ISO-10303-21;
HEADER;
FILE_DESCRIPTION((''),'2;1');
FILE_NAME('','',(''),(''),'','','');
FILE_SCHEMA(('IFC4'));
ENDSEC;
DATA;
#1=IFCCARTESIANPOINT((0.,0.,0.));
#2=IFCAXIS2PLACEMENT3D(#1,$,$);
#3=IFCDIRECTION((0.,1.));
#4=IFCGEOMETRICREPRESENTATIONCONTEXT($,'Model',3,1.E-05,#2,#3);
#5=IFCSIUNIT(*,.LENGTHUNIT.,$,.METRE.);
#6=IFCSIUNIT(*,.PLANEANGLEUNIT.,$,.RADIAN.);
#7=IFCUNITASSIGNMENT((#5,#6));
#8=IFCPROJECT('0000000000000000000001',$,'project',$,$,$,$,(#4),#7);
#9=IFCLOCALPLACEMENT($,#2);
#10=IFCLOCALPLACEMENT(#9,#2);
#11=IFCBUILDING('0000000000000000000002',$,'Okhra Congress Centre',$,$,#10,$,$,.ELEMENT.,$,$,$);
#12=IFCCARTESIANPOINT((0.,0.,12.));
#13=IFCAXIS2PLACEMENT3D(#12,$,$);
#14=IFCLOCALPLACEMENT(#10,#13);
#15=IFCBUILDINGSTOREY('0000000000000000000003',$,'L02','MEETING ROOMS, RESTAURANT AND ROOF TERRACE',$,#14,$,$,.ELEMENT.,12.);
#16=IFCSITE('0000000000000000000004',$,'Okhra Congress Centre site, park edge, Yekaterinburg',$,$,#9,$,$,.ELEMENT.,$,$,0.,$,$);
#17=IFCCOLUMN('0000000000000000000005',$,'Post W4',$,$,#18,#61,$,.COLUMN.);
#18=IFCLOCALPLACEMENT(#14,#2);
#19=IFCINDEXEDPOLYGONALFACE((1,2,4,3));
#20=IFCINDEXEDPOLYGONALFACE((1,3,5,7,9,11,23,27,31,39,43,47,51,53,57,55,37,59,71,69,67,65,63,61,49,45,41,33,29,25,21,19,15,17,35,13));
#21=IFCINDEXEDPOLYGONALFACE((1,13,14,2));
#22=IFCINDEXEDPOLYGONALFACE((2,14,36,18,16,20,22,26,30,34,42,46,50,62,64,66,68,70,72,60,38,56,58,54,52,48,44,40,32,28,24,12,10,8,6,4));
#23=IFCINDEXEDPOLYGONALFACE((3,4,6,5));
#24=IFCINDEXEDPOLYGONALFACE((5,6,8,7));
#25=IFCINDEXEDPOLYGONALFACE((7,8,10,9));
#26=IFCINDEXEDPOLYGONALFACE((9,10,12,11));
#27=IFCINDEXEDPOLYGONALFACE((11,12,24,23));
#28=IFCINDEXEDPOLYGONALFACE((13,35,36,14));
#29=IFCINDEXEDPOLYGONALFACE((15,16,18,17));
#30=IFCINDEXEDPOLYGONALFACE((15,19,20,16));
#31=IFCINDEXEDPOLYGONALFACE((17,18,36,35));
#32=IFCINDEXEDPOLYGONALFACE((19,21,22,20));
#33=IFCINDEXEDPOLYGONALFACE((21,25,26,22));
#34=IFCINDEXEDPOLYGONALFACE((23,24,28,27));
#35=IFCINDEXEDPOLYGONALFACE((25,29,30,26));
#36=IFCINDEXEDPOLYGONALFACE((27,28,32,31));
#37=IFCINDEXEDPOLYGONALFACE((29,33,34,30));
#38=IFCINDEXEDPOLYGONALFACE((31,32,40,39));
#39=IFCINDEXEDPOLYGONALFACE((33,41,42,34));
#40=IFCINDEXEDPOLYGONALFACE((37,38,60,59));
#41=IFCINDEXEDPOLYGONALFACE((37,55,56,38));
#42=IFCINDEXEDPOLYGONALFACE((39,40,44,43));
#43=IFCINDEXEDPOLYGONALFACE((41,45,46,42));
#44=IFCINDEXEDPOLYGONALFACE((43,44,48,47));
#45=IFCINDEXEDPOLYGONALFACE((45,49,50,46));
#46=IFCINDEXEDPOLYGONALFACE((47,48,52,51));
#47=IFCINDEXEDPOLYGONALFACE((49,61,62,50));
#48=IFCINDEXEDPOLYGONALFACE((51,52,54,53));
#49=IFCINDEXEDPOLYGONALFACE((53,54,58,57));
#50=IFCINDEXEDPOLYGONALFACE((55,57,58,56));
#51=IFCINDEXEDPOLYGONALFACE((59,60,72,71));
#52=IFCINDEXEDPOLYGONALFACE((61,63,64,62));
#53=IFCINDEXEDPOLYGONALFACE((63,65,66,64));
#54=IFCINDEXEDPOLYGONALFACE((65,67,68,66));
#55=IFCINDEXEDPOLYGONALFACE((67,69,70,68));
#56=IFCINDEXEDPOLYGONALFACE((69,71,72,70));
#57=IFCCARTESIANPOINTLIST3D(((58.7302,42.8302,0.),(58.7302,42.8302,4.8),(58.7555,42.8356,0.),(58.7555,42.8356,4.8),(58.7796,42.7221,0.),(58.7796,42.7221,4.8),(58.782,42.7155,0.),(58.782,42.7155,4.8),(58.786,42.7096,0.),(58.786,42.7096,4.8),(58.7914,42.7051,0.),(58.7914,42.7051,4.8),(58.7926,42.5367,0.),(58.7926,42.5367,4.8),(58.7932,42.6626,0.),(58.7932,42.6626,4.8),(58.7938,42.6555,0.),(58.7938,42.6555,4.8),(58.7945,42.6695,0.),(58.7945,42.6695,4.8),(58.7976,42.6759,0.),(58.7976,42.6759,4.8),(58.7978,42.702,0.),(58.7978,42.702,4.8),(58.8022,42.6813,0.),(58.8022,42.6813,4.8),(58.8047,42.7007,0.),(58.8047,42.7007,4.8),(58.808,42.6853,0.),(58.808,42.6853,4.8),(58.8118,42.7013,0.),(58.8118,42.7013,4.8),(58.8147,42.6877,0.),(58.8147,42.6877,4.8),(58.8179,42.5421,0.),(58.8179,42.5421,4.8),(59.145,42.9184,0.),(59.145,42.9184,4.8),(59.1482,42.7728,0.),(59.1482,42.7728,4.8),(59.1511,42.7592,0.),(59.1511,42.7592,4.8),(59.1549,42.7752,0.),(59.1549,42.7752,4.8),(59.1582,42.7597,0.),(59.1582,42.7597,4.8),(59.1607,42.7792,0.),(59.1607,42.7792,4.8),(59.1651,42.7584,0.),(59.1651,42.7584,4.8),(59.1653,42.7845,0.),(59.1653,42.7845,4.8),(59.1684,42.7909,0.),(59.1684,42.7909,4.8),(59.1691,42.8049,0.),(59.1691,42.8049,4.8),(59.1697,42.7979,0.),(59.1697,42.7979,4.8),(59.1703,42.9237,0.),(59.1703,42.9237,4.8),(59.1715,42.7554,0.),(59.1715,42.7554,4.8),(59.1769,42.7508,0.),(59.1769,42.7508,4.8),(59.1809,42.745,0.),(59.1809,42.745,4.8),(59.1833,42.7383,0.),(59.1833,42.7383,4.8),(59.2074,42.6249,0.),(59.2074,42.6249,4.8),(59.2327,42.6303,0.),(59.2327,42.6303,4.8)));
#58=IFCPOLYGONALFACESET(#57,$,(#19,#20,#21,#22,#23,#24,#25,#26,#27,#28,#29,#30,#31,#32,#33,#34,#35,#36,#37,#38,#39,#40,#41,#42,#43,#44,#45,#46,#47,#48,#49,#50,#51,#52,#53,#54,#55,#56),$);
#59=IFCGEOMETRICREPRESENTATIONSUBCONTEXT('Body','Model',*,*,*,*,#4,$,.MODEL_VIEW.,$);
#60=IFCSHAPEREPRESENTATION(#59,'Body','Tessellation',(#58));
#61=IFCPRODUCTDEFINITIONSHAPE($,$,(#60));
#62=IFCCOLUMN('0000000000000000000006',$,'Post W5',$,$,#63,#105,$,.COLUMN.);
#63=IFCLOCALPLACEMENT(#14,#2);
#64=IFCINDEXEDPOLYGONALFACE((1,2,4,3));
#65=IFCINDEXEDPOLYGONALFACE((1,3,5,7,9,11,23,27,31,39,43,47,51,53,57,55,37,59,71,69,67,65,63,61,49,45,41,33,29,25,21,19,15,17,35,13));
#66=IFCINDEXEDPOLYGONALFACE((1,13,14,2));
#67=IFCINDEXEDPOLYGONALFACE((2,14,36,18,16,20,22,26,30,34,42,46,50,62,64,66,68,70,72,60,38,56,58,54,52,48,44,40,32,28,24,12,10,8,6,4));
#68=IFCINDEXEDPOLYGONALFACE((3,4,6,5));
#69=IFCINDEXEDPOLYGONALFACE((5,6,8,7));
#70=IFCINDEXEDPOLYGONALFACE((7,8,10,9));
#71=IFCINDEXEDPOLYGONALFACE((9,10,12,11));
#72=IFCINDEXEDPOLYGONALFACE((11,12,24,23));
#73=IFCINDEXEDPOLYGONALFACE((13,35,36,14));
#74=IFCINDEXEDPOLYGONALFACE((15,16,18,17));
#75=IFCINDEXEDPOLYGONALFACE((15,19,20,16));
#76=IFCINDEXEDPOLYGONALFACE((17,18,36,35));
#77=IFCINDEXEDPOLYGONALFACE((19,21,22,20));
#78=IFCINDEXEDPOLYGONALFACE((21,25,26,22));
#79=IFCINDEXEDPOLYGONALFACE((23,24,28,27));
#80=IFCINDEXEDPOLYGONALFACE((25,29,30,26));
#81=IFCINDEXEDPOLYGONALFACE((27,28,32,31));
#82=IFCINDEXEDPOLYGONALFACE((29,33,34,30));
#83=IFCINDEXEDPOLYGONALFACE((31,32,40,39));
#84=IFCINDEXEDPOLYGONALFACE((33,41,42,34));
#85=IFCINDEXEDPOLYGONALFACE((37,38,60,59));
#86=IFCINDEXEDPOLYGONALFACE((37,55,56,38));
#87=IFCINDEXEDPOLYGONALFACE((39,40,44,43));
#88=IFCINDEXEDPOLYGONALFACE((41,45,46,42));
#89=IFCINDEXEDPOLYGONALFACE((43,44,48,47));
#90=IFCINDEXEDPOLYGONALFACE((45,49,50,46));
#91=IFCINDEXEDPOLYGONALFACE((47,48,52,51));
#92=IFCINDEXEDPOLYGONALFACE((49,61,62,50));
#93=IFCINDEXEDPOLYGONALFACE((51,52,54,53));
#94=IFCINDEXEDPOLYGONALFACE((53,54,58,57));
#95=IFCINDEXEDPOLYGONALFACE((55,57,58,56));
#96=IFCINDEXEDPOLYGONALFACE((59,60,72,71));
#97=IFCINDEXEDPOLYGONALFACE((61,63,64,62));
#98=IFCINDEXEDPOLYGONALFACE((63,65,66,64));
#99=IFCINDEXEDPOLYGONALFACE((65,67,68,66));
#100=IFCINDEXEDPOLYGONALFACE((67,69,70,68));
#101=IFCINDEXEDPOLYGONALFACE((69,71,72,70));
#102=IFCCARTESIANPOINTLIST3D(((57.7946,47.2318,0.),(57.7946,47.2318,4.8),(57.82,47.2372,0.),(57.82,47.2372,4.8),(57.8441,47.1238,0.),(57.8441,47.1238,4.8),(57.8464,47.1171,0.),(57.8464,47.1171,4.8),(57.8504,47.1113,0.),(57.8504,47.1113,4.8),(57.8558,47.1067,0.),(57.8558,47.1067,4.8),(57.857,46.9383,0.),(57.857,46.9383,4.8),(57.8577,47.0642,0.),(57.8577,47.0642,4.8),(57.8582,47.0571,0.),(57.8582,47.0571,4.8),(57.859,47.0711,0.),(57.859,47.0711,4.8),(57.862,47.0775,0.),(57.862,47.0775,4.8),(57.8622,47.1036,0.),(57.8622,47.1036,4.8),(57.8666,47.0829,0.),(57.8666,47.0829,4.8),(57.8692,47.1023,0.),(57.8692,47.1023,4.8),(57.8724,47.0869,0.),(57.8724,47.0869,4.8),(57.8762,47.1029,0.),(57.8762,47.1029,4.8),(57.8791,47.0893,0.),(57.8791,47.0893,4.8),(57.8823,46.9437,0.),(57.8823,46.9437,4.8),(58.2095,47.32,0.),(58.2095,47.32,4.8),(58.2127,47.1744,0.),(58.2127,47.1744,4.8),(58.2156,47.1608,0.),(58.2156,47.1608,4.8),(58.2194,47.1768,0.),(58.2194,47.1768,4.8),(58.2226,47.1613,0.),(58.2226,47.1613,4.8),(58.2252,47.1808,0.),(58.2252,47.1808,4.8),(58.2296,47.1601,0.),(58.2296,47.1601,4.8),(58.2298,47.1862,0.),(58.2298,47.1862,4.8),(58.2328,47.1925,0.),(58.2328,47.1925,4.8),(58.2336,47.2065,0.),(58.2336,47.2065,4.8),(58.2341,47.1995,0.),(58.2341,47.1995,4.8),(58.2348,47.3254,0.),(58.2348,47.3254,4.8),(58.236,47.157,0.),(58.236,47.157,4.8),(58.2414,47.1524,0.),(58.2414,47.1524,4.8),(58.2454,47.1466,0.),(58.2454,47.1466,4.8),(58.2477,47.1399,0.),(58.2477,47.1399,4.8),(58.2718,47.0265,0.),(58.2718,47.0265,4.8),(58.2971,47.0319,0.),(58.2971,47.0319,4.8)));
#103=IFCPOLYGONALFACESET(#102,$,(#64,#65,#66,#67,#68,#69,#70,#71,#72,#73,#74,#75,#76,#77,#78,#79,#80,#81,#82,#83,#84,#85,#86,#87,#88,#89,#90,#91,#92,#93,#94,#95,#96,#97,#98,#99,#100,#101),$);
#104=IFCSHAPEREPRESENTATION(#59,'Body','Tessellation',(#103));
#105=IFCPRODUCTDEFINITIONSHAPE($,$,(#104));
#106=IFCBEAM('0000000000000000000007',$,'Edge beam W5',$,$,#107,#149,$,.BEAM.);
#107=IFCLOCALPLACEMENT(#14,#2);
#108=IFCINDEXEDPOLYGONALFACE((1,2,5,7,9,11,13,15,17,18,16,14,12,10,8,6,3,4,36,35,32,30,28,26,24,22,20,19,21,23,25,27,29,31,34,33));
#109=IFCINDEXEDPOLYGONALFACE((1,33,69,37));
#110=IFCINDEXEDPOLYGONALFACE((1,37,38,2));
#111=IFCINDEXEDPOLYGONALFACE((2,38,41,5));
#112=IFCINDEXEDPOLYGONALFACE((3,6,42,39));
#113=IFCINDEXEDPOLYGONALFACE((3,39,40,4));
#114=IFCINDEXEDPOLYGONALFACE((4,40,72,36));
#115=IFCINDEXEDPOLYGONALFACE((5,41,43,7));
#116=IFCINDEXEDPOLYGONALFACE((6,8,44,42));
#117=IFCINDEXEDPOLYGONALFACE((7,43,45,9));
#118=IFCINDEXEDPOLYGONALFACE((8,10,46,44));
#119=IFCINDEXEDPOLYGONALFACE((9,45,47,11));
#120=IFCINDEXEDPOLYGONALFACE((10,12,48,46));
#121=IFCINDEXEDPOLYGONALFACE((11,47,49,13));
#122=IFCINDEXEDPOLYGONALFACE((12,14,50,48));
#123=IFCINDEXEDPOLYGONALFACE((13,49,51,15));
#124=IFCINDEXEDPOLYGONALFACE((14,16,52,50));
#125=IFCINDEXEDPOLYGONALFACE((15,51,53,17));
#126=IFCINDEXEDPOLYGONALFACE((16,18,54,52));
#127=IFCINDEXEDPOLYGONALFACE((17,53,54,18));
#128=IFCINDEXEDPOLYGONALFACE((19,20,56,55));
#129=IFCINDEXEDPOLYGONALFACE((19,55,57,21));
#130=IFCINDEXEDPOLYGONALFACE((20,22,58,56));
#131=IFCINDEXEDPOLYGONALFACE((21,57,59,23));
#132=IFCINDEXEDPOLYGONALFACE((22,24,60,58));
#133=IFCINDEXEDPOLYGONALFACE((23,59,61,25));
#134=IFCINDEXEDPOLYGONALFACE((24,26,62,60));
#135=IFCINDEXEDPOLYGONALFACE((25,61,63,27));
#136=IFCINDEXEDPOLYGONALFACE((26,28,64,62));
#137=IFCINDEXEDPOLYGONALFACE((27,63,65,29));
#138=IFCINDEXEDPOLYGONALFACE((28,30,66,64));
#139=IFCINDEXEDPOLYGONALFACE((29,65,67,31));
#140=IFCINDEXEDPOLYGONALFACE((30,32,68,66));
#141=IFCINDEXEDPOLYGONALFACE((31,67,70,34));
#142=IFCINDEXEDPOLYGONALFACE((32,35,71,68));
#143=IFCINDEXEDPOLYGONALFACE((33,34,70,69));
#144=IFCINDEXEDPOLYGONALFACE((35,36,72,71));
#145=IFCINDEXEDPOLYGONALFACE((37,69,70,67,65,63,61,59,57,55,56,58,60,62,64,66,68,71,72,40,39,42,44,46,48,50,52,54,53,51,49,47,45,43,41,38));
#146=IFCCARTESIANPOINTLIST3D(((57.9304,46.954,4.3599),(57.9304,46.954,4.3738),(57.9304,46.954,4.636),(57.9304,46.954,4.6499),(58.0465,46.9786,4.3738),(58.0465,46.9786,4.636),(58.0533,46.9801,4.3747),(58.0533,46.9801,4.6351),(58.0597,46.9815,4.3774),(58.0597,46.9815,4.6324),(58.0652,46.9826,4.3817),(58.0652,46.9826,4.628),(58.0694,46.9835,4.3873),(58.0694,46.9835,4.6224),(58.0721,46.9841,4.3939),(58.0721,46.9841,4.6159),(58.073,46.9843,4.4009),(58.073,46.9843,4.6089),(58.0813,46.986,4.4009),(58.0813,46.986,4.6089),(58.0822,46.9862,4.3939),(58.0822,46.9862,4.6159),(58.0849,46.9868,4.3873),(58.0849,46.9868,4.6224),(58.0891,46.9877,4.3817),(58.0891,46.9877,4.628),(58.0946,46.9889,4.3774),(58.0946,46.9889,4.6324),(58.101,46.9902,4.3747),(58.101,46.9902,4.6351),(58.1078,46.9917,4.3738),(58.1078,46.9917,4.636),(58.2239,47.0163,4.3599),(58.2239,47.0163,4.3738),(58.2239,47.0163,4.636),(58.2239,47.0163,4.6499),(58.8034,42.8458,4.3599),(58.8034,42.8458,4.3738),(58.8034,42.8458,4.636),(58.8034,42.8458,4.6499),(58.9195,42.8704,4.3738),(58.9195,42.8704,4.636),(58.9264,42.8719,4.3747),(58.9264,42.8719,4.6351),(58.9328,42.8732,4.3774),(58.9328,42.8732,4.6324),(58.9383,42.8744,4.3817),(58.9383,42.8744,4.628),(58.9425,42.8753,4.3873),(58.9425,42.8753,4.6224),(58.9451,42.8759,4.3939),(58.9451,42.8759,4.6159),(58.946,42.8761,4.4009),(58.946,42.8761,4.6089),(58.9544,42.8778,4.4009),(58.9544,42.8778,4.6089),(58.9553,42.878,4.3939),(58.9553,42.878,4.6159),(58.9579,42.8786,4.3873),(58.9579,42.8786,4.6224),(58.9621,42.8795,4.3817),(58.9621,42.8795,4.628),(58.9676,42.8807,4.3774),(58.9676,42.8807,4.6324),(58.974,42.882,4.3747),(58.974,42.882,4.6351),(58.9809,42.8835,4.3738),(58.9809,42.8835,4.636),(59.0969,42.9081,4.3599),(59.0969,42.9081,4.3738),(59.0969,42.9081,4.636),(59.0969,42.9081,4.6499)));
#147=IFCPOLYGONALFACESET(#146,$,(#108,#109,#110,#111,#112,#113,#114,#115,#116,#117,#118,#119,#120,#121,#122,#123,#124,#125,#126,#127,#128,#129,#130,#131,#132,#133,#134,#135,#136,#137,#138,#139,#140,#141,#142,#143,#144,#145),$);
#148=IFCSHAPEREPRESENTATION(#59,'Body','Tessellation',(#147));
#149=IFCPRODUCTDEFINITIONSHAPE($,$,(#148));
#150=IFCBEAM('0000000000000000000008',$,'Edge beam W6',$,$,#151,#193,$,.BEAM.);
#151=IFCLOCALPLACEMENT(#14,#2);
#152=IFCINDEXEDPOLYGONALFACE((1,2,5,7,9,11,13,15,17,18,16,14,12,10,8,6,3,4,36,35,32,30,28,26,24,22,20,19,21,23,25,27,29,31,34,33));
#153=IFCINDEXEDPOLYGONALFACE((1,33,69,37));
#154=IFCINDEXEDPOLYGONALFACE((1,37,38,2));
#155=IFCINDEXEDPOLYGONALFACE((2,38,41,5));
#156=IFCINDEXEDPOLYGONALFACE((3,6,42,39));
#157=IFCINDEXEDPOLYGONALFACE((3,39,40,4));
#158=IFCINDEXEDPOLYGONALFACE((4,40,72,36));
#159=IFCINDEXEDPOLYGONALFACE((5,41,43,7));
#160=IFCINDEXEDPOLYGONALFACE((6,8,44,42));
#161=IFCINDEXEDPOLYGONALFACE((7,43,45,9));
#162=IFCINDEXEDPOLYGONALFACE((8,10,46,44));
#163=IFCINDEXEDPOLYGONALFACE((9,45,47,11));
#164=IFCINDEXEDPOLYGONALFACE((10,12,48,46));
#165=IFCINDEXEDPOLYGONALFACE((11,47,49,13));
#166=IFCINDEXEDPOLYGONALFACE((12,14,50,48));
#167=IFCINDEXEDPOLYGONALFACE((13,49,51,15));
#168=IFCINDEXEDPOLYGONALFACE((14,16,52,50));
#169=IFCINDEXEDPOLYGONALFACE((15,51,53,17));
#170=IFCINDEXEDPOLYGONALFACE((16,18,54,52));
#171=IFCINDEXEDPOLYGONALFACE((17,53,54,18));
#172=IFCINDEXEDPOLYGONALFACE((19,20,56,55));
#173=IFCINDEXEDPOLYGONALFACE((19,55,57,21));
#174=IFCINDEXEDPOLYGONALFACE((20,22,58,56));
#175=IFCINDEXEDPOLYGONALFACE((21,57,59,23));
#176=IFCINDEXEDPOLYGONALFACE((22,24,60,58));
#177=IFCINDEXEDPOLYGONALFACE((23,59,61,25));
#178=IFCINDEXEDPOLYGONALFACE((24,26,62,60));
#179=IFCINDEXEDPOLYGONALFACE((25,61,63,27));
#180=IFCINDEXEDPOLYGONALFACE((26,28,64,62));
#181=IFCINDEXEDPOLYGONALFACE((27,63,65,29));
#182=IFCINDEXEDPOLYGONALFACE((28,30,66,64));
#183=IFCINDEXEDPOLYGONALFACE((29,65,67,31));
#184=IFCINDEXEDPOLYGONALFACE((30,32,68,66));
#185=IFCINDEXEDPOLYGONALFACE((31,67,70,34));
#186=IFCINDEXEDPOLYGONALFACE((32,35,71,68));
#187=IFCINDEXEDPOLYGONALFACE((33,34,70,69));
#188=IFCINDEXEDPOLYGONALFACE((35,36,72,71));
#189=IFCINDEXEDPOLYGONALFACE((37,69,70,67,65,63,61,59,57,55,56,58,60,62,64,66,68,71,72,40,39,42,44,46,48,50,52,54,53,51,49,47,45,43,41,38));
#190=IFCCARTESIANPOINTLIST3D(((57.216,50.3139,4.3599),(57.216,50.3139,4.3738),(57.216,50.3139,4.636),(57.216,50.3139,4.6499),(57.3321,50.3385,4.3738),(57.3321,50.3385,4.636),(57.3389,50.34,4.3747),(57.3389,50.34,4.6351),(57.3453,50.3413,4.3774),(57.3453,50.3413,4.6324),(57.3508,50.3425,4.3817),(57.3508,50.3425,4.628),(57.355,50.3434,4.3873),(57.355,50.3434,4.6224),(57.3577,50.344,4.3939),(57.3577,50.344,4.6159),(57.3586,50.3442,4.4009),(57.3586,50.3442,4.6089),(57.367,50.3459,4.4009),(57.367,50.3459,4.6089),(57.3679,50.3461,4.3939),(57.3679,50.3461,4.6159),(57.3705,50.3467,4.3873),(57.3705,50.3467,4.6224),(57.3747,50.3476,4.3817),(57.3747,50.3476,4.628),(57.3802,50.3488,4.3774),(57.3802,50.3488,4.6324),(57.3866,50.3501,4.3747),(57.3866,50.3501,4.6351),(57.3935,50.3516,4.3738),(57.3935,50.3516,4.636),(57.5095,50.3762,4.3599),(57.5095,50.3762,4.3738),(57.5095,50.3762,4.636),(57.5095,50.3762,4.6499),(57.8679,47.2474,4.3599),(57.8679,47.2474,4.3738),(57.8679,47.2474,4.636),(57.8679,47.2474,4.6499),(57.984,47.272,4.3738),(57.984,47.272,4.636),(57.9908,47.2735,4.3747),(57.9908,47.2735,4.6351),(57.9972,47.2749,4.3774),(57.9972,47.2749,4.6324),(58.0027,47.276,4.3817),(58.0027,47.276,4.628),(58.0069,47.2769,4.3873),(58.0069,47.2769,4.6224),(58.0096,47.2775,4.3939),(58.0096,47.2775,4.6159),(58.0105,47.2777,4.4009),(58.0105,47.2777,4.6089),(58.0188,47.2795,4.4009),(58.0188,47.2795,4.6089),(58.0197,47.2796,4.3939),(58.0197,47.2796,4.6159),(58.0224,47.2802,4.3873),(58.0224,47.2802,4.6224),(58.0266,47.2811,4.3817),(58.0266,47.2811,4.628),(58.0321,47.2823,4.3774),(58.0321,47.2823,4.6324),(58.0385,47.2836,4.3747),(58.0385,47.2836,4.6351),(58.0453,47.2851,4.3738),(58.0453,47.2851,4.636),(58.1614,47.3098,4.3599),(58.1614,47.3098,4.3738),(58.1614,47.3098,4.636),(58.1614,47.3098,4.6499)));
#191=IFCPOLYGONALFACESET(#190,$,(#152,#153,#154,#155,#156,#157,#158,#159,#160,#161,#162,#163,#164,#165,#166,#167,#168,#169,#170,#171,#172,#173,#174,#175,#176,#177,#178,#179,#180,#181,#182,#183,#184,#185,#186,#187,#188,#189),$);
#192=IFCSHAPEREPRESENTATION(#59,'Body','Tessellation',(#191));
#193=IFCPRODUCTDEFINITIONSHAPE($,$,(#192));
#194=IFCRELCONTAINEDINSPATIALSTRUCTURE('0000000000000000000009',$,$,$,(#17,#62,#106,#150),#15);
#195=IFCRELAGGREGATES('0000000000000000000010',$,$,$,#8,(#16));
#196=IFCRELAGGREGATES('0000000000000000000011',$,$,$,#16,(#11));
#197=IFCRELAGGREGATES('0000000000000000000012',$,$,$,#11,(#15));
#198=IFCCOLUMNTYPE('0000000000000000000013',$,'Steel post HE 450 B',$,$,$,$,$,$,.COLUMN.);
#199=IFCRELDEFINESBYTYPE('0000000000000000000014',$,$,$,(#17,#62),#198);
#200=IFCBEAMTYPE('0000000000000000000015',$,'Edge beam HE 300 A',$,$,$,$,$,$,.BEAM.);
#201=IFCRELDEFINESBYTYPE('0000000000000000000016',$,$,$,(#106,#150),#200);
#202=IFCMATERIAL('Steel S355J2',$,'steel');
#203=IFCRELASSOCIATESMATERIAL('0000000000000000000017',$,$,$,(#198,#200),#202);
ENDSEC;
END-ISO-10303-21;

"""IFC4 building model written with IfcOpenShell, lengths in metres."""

from ifc_helpers import new_model, si_unit, direction, frame, origin, origin_2d, place, context, subcontext, project, spatial, i_section, extrude, material, material_profile, profile_set, type_object, element, save


model = new_model("IFC4")

# Units and contexts
model_context = context("Model", 3, precision=1e-05, world=origin(), true_north=direction((0.0, 1.0)))
body_context = subcontext(model_context, "Body", "Model", "MODEL_VIEW")
ifc_project = project(units=[si_unit("LENGTHUNIT", "METRE"), si_unit("PLANEANGLEUNIT", "RADIAN")], contexts=[model_context])

# Site, building, storey
site_placement = place(None, origin())
site = spatial("IfcSite", under=ifc_project, at=site_placement, Name="Okhra Congress Centre site, park edge, Yekaterinburg", CompositionType="ELEMENT", RefElevation=0.0)
building_placement = place(site_placement, origin())
building = spatial("IfcBuilding", under=site, at=building_placement, Name="Okhra Congress Centre", CompositionType="ELEMENT")
storey_placement = place(building_placement, frame((0.0, 0.0, 12.0)))
storey = spatial("IfcBuildingStorey", under=building, at=storey_placement, Name="L02", Description="MEETING ROOMS, RESTAURANT AND ROOF TERRACE", CompositionType="ELEMENT", Elevation=12.0)

# Columns
ifc_material_1 = material(Name="Steel S355J2", Category="steel")
ifc_material_profile_1 = material_profile(ifc_material_1, i_section(OverallWidth=0.3, OverallDepth=0.45, WebThickness=0.0139, FlangeThickness=0.0259, FilletRadius=0.0271, at=origin_2d()), Name="HE 450 B")
ifc_profile_set_1 = profile_set([ifc_material_profile_1], Name="Steel S355J2")
column_type = type_object("IfcColumnType", Name="Steel post HE 450 B", PredefinedType="COLUMN", material=ifc_profile_set_1)
for number, where, z_axis, x_axis, name in (
    (1, (58.9814, 42.7302, 0.0), (0.0, 0.0, 1.0), (-0.207912, 0.978148, 0.0), "Post W4"),
    (2, (58.0459, 47.1318, 0.0), (0.0, 0.0, 1.0), (-0.207912, 0.978148, 0.0), "Post W5"),
):
    element("IfcColumn", number, at=place(storey_placement, frame(where, z_axis=z_axis, x_axis=x_axis)), inside=storey, type_object=column_type, Name=name, PredefinedType="COLUMN", context=body_context, shape_type="SweptSolid", body=[
        extrude(i_section(OverallWidth=0.3, OverallDepth=0.45, WebThickness=0.0139, FlangeThickness=0.0259, FilletRadius=0.0271, at=origin_2d()), origin(), (0.0, 0.0, 1.0), 4.8),
    ])

# Beams
ifc_material_profile_2 = material_profile(ifc_material_1, i_section(OverallWidth=0.3, OverallDepth=0.29, WebThickness=0.0085, FlangeThickness=0.0139, FilletRadius=0.0271, at=origin_2d()), Name="HE 300 A")
ifc_profile_set_2 = profile_set([ifc_material_profile_2], Name="Steel S355J2")
beam_type = type_object("IfcBeamType", Name="Edge beam HE 300 A", PredefinedType="BEAM", material=ifc_profile_set_2)
beam_1_placement = place(storey_placement, frame((58.9502, 42.877, 4.5049), z_axis=(-0.207873, 0.978156, 0.0), x_axis=(-0.978156, -0.207873, 0.0)))
element("IfcBeam", 3, at=beam_1_placement, inside=storey, type_object=beam_type, Name="Edge beam W5", PredefinedType="BEAM", context=body_context, shape_type="SweptSolid", body=[
    extrude(i_section(OverallWidth=0.3, OverallDepth=0.29, WebThickness=0.0085, FlangeThickness=0.0139, FilletRadius=0.0271, at=origin_2d()), origin(), (0.0, 0.0, 1.0), 4.2),
])
beam_2_placement = place(storey_placement, frame((58.0146, 47.2786, 4.5049), z_axis=(-0.207933, 0.978143, 0.0), x_axis=(-0.978143, -0.207933, 0.0)))
element("IfcBeam", 4, at=beam_2_placement, inside=storey, type_object=beam_type, Name="Edge beam W6", PredefinedType="BEAM", context=body_context, shape_type="SweptSolid", body=[
    extrude(i_section(OverallWidth=0.3, OverallDepth=0.29, WebThickness=0.0085, FlangeThickness=0.0139, FilletRadius=0.0271, at=origin_2d()), origin(), (0.0, 0.0, 1.0), 3.135),
])

save(model, "model.ifc")
